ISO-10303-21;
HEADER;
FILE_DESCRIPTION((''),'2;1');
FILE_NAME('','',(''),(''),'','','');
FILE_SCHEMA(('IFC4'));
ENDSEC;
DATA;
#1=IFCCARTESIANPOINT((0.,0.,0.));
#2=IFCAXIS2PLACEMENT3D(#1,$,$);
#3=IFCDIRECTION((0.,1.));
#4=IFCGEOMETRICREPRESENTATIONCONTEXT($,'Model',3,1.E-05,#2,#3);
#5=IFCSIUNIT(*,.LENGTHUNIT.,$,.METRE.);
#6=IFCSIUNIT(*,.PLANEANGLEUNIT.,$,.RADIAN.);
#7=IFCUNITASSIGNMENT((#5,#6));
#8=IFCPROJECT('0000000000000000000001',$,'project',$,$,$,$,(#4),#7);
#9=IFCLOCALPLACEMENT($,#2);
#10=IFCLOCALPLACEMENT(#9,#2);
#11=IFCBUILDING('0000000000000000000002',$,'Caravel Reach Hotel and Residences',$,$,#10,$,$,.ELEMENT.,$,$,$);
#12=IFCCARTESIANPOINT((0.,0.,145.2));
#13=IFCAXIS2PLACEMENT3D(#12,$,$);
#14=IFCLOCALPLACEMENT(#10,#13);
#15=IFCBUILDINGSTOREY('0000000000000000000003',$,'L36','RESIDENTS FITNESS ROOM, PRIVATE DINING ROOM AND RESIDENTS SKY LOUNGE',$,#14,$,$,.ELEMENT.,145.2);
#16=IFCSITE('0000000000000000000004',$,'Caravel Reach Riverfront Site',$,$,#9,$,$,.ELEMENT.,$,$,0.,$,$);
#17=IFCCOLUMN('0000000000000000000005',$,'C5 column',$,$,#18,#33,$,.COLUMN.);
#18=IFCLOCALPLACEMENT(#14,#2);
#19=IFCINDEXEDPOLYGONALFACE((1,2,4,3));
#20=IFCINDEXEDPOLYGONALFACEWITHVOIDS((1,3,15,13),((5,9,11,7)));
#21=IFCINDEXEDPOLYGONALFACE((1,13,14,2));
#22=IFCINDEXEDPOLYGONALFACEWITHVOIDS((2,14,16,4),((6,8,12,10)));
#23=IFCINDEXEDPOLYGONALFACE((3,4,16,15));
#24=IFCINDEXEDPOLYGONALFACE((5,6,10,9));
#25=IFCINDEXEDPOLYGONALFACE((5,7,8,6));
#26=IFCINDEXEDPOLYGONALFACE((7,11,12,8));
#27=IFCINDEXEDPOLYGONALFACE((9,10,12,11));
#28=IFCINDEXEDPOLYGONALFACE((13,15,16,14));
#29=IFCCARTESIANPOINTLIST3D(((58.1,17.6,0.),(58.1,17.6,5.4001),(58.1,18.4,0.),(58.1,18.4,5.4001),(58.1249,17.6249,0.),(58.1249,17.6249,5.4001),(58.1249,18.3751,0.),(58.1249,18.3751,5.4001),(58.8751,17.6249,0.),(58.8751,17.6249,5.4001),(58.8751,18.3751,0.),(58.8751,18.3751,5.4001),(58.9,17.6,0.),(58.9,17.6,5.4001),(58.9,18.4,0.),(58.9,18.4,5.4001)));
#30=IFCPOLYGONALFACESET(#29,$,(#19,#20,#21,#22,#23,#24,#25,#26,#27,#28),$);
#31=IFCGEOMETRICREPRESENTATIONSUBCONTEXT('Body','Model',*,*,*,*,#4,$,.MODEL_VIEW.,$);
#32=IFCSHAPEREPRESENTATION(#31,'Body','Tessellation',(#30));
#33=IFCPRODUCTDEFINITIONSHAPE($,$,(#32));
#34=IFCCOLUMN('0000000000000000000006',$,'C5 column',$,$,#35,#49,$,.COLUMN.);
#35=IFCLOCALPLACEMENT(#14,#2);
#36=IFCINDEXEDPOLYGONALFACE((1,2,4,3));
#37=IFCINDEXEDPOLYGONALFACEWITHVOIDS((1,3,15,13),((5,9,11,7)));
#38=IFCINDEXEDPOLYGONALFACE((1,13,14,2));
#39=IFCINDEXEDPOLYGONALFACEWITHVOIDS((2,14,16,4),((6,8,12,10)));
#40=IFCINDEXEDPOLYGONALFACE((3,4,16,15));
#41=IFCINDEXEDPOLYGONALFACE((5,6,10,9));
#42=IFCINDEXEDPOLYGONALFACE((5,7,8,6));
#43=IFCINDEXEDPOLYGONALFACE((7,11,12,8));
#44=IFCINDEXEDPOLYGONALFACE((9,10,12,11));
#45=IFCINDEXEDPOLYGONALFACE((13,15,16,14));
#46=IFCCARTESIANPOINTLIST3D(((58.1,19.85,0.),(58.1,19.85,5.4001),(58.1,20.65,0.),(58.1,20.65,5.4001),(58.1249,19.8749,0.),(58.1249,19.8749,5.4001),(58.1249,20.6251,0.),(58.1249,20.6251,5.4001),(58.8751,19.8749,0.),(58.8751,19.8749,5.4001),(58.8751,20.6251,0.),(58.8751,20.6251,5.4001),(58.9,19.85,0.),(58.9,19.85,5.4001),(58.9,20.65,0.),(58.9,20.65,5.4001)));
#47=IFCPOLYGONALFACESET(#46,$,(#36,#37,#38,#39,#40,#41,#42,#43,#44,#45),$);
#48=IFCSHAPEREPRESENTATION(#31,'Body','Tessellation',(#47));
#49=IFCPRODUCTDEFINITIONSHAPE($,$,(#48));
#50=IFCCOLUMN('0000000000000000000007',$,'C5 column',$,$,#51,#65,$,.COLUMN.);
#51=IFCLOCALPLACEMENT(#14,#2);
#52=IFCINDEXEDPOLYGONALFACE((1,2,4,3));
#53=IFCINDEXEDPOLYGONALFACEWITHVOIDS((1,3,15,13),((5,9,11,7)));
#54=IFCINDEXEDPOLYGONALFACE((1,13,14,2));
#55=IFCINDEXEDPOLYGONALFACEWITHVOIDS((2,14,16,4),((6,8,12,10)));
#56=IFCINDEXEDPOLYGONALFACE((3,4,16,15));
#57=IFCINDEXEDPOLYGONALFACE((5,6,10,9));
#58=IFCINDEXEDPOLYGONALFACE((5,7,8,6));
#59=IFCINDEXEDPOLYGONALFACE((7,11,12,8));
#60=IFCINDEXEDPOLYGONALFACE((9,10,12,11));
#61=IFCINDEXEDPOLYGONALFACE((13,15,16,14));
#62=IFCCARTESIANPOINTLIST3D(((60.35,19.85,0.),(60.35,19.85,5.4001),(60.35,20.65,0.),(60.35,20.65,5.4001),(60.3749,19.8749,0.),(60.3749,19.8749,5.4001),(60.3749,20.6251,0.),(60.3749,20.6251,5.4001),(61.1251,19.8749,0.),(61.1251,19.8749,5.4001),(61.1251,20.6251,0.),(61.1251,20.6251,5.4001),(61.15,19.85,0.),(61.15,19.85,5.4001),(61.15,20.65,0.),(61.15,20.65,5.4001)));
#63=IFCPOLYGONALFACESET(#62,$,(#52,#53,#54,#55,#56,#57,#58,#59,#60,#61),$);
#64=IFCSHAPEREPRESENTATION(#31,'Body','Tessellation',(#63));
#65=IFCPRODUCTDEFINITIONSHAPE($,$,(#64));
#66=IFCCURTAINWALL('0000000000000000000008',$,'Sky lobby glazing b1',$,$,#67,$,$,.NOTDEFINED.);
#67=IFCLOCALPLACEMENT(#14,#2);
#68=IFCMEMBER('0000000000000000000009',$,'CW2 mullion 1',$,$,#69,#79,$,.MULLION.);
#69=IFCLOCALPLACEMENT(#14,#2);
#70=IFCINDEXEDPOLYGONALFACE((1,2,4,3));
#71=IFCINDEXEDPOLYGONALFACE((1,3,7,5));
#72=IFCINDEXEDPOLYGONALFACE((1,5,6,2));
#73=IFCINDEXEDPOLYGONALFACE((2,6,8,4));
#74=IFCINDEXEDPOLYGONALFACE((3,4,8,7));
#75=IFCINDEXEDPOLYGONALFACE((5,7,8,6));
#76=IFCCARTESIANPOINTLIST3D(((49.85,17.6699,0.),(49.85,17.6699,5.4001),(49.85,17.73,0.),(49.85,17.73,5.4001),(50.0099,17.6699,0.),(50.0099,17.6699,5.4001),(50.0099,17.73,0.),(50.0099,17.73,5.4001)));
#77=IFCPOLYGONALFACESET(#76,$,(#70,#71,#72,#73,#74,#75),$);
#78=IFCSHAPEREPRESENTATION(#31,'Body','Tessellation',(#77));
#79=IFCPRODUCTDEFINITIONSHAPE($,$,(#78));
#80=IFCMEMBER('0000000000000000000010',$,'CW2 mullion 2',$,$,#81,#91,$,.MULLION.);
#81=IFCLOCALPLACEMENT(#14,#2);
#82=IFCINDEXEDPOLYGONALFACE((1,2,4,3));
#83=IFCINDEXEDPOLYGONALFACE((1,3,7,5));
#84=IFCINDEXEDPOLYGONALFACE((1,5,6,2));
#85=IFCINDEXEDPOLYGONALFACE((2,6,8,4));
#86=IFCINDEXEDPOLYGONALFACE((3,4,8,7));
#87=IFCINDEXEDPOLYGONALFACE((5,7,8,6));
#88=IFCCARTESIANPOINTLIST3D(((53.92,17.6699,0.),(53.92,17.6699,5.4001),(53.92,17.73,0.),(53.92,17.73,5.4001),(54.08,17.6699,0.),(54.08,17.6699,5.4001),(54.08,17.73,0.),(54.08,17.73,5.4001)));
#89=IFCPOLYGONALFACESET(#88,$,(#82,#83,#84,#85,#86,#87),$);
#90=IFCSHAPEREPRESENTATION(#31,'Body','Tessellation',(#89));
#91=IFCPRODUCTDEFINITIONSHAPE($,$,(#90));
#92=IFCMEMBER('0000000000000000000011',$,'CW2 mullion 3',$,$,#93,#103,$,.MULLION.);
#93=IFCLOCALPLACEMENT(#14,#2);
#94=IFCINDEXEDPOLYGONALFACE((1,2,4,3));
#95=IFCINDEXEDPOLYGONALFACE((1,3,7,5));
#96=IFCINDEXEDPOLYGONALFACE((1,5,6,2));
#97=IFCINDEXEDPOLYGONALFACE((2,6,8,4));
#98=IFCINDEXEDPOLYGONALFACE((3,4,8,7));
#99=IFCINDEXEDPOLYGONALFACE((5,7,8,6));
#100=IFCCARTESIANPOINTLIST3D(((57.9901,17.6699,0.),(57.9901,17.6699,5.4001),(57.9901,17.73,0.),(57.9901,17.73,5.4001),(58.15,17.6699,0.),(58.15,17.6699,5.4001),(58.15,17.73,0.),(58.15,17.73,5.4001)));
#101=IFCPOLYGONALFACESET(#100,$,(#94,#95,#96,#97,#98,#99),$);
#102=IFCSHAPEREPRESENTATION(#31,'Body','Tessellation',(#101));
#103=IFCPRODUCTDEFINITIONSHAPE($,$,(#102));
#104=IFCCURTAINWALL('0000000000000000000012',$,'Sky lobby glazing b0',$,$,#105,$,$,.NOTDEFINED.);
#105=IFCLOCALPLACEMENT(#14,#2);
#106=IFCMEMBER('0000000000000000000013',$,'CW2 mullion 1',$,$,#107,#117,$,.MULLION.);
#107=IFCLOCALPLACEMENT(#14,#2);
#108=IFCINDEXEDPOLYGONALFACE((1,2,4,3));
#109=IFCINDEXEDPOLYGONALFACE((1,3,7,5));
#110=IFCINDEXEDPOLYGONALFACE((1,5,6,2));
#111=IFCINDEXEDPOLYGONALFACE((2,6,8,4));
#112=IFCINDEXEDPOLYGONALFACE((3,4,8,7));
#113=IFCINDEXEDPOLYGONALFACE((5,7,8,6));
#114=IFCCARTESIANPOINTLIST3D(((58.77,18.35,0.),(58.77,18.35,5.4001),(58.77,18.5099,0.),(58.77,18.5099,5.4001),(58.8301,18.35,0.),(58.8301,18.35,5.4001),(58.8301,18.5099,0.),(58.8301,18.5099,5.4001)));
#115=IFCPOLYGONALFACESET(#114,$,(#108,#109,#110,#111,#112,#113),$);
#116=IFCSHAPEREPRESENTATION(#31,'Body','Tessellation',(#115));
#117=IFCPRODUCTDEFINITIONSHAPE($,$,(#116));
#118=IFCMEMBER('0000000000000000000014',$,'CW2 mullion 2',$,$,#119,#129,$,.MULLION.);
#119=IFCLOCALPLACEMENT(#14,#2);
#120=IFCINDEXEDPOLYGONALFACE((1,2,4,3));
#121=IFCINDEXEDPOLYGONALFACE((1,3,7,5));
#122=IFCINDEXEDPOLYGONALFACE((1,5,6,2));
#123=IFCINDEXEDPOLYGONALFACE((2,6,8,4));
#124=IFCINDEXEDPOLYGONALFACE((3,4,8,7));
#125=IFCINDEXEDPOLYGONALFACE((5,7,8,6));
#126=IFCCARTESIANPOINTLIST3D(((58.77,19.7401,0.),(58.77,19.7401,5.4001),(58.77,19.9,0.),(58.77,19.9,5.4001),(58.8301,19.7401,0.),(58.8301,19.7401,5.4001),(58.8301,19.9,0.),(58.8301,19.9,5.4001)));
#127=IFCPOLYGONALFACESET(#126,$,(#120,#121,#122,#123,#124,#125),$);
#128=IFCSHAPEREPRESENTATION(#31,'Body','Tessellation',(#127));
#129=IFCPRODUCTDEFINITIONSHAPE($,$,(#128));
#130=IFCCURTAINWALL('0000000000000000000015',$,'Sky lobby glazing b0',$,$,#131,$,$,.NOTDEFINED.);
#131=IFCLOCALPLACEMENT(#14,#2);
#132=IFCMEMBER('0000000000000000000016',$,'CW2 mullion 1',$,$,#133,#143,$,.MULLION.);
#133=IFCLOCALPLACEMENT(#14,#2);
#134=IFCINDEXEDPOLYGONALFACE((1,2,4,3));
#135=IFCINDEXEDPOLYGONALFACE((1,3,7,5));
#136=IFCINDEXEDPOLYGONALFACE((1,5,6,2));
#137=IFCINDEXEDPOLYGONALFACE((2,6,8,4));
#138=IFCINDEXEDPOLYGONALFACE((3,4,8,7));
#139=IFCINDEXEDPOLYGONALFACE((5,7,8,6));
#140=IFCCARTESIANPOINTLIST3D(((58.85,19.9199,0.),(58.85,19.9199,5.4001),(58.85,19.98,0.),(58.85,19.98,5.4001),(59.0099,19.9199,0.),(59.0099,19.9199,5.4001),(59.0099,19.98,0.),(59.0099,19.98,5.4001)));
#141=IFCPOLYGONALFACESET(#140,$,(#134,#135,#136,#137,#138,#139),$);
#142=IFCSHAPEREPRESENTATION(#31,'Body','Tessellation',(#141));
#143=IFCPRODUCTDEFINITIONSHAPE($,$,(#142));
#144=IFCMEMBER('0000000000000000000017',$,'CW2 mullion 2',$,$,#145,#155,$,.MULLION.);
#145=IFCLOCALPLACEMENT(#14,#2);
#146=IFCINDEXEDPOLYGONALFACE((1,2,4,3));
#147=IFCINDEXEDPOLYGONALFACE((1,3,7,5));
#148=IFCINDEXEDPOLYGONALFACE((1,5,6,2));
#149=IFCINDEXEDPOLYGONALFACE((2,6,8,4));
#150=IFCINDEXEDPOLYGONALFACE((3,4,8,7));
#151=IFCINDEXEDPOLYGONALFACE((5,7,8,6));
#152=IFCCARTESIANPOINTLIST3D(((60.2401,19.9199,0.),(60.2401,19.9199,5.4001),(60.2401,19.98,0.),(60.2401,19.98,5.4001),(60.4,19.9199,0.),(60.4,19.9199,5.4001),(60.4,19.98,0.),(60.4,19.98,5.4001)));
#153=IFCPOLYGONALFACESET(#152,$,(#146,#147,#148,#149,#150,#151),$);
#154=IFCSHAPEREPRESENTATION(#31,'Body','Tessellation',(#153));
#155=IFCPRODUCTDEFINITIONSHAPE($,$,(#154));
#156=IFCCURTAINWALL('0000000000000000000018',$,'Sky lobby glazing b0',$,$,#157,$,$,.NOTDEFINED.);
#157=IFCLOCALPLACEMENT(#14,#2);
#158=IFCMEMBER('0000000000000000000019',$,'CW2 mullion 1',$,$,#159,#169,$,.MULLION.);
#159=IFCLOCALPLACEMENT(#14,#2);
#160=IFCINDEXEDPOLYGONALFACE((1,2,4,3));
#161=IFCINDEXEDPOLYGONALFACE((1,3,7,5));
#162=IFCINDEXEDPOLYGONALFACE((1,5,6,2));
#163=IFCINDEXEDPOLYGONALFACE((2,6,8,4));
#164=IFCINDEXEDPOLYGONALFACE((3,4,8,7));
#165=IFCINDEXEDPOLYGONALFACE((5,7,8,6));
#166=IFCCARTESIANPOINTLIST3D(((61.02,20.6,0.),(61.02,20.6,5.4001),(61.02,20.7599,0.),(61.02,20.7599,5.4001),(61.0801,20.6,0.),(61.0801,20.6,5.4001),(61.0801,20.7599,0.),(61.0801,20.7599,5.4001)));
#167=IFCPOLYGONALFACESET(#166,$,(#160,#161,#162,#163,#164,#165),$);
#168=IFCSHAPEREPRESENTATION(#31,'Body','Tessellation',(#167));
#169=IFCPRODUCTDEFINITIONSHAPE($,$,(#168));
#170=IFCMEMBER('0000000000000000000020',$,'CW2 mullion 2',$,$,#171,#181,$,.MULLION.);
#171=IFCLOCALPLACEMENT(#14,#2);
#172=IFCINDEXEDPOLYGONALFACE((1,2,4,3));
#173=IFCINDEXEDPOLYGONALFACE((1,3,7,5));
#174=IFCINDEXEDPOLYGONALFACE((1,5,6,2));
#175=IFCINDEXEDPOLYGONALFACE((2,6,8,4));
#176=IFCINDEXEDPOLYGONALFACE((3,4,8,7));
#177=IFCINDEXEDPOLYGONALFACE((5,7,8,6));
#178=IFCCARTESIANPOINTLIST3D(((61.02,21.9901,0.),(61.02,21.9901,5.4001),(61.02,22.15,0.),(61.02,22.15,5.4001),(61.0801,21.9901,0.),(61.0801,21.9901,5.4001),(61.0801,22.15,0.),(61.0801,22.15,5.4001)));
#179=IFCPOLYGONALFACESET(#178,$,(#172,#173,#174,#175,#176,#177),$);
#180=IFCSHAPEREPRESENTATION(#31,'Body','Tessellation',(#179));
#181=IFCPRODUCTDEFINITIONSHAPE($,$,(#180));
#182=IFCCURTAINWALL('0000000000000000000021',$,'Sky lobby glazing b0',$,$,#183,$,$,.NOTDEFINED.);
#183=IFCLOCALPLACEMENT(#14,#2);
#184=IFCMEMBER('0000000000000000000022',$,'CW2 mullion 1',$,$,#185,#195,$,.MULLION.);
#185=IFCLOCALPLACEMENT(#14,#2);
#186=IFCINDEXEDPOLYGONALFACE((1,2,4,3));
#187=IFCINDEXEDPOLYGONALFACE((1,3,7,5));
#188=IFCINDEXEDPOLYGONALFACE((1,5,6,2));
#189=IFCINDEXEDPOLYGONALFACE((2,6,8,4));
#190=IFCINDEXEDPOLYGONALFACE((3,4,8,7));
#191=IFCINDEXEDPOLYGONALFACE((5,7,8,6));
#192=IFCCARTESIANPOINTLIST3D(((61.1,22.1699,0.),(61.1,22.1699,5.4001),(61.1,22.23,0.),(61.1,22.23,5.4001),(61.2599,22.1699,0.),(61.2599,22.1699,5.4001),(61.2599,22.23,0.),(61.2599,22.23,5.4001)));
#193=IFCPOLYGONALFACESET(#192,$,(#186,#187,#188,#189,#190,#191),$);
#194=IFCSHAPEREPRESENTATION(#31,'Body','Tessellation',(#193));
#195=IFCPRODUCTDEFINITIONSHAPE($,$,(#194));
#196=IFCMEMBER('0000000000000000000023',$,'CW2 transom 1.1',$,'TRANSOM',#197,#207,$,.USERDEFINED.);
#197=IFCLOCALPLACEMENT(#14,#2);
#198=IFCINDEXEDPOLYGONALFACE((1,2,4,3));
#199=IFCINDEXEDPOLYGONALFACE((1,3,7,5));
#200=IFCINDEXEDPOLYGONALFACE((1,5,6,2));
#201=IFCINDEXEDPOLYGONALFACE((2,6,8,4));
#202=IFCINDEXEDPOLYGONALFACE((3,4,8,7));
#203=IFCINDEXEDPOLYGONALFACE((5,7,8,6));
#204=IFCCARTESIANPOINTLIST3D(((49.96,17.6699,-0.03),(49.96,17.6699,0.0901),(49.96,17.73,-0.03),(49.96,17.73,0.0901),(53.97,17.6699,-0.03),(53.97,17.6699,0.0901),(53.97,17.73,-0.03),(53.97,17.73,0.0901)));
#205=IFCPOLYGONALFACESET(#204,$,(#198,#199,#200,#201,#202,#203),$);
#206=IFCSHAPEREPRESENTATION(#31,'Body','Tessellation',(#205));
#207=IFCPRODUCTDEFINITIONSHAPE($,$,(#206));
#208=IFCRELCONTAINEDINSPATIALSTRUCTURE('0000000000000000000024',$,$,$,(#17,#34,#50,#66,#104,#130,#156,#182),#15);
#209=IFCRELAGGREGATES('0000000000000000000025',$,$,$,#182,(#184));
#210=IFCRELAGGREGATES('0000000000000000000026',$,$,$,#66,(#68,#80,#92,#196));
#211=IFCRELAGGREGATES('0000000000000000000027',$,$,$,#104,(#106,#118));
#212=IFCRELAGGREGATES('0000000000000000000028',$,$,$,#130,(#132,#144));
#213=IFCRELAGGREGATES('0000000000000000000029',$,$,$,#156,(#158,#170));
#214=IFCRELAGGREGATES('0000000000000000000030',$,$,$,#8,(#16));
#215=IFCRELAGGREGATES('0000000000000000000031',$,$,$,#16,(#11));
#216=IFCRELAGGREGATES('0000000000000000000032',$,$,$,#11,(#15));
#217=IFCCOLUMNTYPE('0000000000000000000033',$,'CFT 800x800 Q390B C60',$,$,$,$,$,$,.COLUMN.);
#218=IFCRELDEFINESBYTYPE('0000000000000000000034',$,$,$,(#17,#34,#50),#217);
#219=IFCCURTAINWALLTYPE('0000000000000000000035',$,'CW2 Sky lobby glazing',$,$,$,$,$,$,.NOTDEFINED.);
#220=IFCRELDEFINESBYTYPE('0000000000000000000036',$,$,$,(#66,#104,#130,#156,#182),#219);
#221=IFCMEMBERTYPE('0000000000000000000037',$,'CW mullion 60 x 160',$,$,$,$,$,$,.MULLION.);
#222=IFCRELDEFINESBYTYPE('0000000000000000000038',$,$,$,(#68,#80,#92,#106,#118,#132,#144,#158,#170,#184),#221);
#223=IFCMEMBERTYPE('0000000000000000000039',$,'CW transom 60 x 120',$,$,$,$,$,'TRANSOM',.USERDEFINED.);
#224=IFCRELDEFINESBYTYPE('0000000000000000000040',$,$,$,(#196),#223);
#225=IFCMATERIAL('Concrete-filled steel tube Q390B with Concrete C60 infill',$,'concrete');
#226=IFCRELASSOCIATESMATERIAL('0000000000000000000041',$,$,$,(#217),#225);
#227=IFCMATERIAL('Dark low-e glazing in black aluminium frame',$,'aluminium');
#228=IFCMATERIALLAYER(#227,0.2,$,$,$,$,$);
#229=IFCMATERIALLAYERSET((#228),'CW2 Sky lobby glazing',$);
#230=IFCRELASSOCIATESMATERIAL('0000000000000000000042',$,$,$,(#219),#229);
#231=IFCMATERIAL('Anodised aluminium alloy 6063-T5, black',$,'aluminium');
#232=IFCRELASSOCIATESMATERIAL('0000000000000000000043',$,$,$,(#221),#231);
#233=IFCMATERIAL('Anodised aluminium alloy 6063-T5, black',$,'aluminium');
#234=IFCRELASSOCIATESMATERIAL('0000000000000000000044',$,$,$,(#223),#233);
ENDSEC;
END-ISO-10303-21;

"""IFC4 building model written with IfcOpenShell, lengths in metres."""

from ifc_helpers import new_model, si_unit, direction, frame, origin, origin_2d, place, context, subcontext, project, spatial, rectangle, hollow_rectangle, extrude, material, layer, layer_set, material_profile, profile_set, type_object, element, aggregate, save


model = new_model("IFC4")

# Units and contexts
model_context = context("Model", 3, precision=1e-05, world=origin(), true_north=direction((0.0, 1.0)))
body_context = subcontext(model_context, "Body", "Model", "MODEL_VIEW")
ifc_project = project(units=[si_unit("LENGTHUNIT", "METRE"), si_unit("PLANEANGLEUNIT", "RADIAN")], contexts=[model_context])

# Site, building, storey
site_placement = place(None, origin())
site = spatial("IfcSite", under=ifc_project, at=site_placement, Name="Caravel Reach Riverfront Site", CompositionType="ELEMENT", RefElevation=0.0)
building_placement = place(site_placement, origin())
building = spatial("IfcBuilding", under=site, at=building_placement, Name="Caravel Reach Hotel and Residences", CompositionType="ELEMENT")
storey_placement = place(building_placement, frame((0.0, 0.0, 145.2)))
storey = spatial("IfcBuildingStorey", under=building, at=storey_placement, Name="L36", Description="RESIDENTS FITNESS ROOM, PRIVATE DINING ROOM AND RESIDENTS SKY LOUNGE", CompositionType="ELEMENT", Elevation=145.2)

# Columns
ifc_material_1 = material(Name="Concrete-filled steel tube Q390B with Concrete C60 infill", Category="concrete")
ifc_material_profile_1 = material_profile(ifc_material_1, hollow_rectangle(XDim=0.8, YDim=0.8, WallThickness=0.0249, at=origin_2d()), Name="RHS 800x800x25")
ifc_profile_set_1 = profile_set([ifc_material_profile_1], Name="Concrete-filled steel tube Q390B with Concrete C60 infill")
column_type = type_object("IfcColumnType", Name="CFT 800x800 Q390B C60", PredefinedType="COLUMN", material=ifc_profile_set_1)
for number, where, z_axis, x_axis, name in (
    (1, (58.5, 18.0, 0.0), (0.0, 0.0, 1.0), (1.0, 0.0, 0.0), "C5 column"),
    (2, (58.5, 20.25, 0.0), (0.0, 0.0, 1.0), (1.0, 0.0, 0.0), "C5 column"),
    (3, (60.75, 20.25, 0.0), (0.0, 0.0, 1.0), (1.0, 0.0, 0.0), "C5 column"),
):
    element("IfcColumn", number, at=place(storey_placement, frame(where, z_axis=z_axis, x_axis=x_axis)), inside=storey, type_object=column_type, Name=name, PredefinedType="COLUMN", context=body_context, shape_type="SweptSolid", body=[
        extrude(hollow_rectangle(XDim=0.8, YDim=0.8, WallThickness=0.0249, at=origin_2d()), origin(), (0.0, 0.0, 1.0), 5.4001),
    ])

# Curtain walls, members
ifc_material_2 = material(Name="Dark low-e glazing in black aluminium frame", Category="aluminium")
ifc_layer_1 = layer(ifc_material_2, 0.2)
ifc_layer_set_1 = layer_set([ifc_layer_1], Name="CW2 Sky lobby glazing")
curtain_wall_type = type_object("IfcCurtainWallType", Name="CW2 Sky lobby glazing", PredefinedType="NOTDEFINED", material=ifc_layer_set_1)
curtain_wall_1_placement = place(storey_placement, origin())
curtain_wall_1 = element("IfcCurtainWall", 4, at=curtain_wall_1_placement, inside=storey, type_object=curtain_wall_type, Name="Sky lobby glazing b1", PredefinedType="NOTDEFINED")
ifc_material_3 = material(Name="Anodised aluminium alloy 6063-T5, black", Category="aluminium")
ifc_material_profile_2 = material_profile(ifc_material_3, rectangle(XDim=0.0601, YDim=0.1599, at=origin_2d()), Name="CW mullion 60 x 160")
ifc_profile_set_2 = profile_set([ifc_material_profile_2], Name="Anodised aluminium alloy 6063-T5, black")
member_type_1 = type_object("IfcMemberType", Name="CW mullion 60 x 160", PredefinedType="MULLION", material=ifc_profile_set_2)
member_1_placement = place(storey_placement, frame((49.9299, 17.7, 0.0), z_axis=(0.0, 0.0, 1.0), x_axis=(0.0, 1.0, 0.0)))
member_1 = element("IfcMember", 5, at=member_1_placement, type_object=member_type_1, Name="CW2 mullion 1", PredefinedType="MULLION", context=body_context, shape_type="SweptSolid", body=[
    extrude(rectangle(XDim=0.0601, YDim=0.1599, at=origin_2d()), origin(), (0.0, 0.0, 1.0), 5.4001),
])
member_2_placement = place(storey_placement, frame((54.0, 17.7, 0.0), z_axis=(0.0, 0.0, 1.0), x_axis=(0.0, 1.0, 0.0)))
member_2 = element("IfcMember", 6, at=member_2_placement, type_object=member_type_1, Name="CW2 mullion 2", PredefinedType="MULLION", context=body_context, shape_type="SweptSolid", body=[
    extrude(rectangle(XDim=0.0601, YDim=0.1599, at=origin_2d()), origin(), (0.0, 0.0, 1.0), 5.4001),
])
member_3_placement = place(storey_placement, frame((58.0701, 17.7, 0.0), z_axis=(0.0, 0.0, 1.0), x_axis=(0.0, 1.0, 0.0)))
member_3 = element("IfcMember", 7, at=member_3_placement, type_object=member_type_1, Name="CW2 mullion 3", PredefinedType="MULLION", context=body_context, shape_type="SweptSolid", body=[
    extrude(rectangle(XDim=0.0601, YDim=0.1599, at=origin_2d()), origin(), (0.0, 0.0, 1.0), 5.4001),
])
curtain_wall_2_placement = place(storey_placement, origin())
curtain_wall_2 = element("IfcCurtainWall", 8, at=curtain_wall_2_placement, inside=storey, type_object=curtain_wall_type, Name="Sky lobby glazing b0", PredefinedType="NOTDEFINED")
member_4_placement = place(storey_placement, frame((58.8, 18.4299, 0.0), z_axis=(0.0, 0.0, 1.0), x_axis=(-1.0, 0.0, 0.0)))
member_4 = element("IfcMember", 9, at=member_4_placement, type_object=member_type_1, Name="CW2 mullion 1", PredefinedType="MULLION", context=body_context, shape_type="SweptSolid", body=[
    extrude(rectangle(XDim=0.0601, YDim=0.1599, at=origin_2d()), origin(), (0.0, 0.0, 1.0), 5.4001),
])
member_5_placement = place(storey_placement, frame((58.8, 19.8201, 0.0), z_axis=(0.0, 0.0, 1.0), x_axis=(-1.0, 0.0, 0.0)))
member_5 = element("IfcMember", 10, at=member_5_placement, type_object=member_type_1, Name="CW2 mullion 2", PredefinedType="MULLION", context=body_context, shape_type="SweptSolid", body=[
    extrude(rectangle(XDim=0.0601, YDim=0.1599, at=origin_2d()), origin(), (0.0, 0.0, 1.0), 5.4001),
])
curtain_wall_3_placement = place(storey_placement, origin())
curtain_wall_3 = element("IfcCurtainWall", 11, at=curtain_wall_3_placement, inside=storey, type_object=curtain_wall_type, Name="Sky lobby glazing b0", PredefinedType="NOTDEFINED")
member_6_placement = place(storey_placement, frame((58.9299, 19.95, 0.0), z_axis=(0.0, 0.0, 1.0), x_axis=(0.0, 1.0, 0.0)))
member_6 = element("IfcMember", 12, at=member_6_placement, type_object=member_type_1, Name="CW2 mullion 1", PredefinedType="MULLION", context=body_context, shape_type="SweptSolid", body=[
    extrude(rectangle(XDim=0.0601, YDim=0.1599, at=origin_2d()), origin(), (0.0, 0.0, 1.0), 5.4001),
])
member_7_placement = place(storey_placement, frame((60.3201, 19.95, 0.0), z_axis=(0.0, 0.0, 1.0), x_axis=(0.0, 1.0, 0.0)))
member_7 = element("IfcMember", 13, at=member_7_placement, type_object=member_type_1, Name="CW2 mullion 2", PredefinedType="MULLION", context=body_context, shape_type="SweptSolid", body=[
    extrude(rectangle(XDim=0.0601, YDim=0.1599, at=origin_2d()), origin(), (0.0, 0.0, 1.0), 5.4001),
])
curtain_wall_4_placement = place(storey_placement, origin())
curtain_wall_4 = element("IfcCurtainWall", 14, at=curtain_wall_4_placement, inside=storey, type_object=curtain_wall_type, Name="Sky lobby glazing b0", PredefinedType="NOTDEFINED")
member_8_placement = place(storey_placement, frame((61.05, 20.6799, 0.0), z_axis=(0.0, 0.0, 1.0), x_axis=(-1.0, 0.0, 0.0)))
member_8 = element("IfcMember", 15, at=member_8_placement, type_object=member_type_1, Name="CW2 mullion 1", PredefinedType="MULLION", context=body_context, shape_type="SweptSolid", body=[
    extrude(rectangle(XDim=0.0601, YDim=0.1599, at=origin_2d()), origin(), (0.0, 0.0, 1.0), 5.4001),
])
member_9_placement = place(storey_placement, frame((61.05, 22.0701, 0.0), z_axis=(0.0, 0.0, 1.0), x_axis=(-1.0, 0.0, 0.0)))
member_9 = element("IfcMember", 16, at=member_9_placement, type_object=member_type_1, Name="CW2 mullion 2", PredefinedType="MULLION", context=body_context, shape_type="SweptSolid", body=[
    extrude(rectangle(XDim=0.0601, YDim=0.1599, at=origin_2d()), origin(), (0.0, 0.0, 1.0), 5.4001),
])

# Curtain wall, member
curtain_wall_5_placement = place(storey_placement, origin())
curtain_wall_5 = element("IfcCurtainWall", 17, at=curtain_wall_5_placement, inside=storey, type_object=curtain_wall_type, Name="Sky lobby glazing b0", PredefinedType="NOTDEFINED")
member_10_placement = place(storey_placement, frame((61.1799, 22.2, 0.0), z_axis=(0.0, 0.0, 1.0), x_axis=(0.0, 1.0, 0.0)))
member_10 = element("IfcMember", 18, at=member_10_placement, type_object=member_type_1, Name="CW2 mullion 1", PredefinedType="MULLION", context=body_context, shape_type="SweptSolid", body=[
    extrude(rectangle(XDim=0.0601, YDim=0.1599, at=origin_2d()), origin(), (0.0, 0.0, 1.0), 5.4001),
])
aggregate(curtain_wall_5, [member_10])

# Member
ifc_material_4 = material(Name="Anodised aluminium alloy 6063-T5, black", Category="aluminium")
ifc_material_profile_3 = material_profile(ifc_material_4, rectangle(XDim=0.0601, YDim=0.1201, at=origin_2d()), Name="CW transom 60 x 120")
ifc_profile_set_3 = profile_set([ifc_material_profile_3], Name="Anodised aluminium alloy 6063-T5, black")
member_type_2 = type_object("IfcMemberType", Name="CW transom 60 x 120", ElementType="TRANSOM", PredefinedType="USERDEFINED", material=ifc_profile_set_3)
member_11_placement = place(storey_placement, frame((49.96, 17.7, 0.03), z_axis=(1.0, 0.0, 0.0), x_axis=(0.0, 1.0, 0.0)))
member_11 = element("IfcMember", 19, at=member_11_placement, type_object=member_type_2, Name="CW2 transom 1.1", ObjectType="TRANSOM", PredefinedType="USERDEFINED", context=body_context, shape_type="SweptSolid", body=[
    extrude(rectangle(XDim=0.0601, YDim=0.1201, at=origin_2d()), origin(), (0.0, 0.0, 1.0), 4.01),
])

aggregate(curtain_wall_1, [member_1, member_2, member_3, member_11])
aggregate(curtain_wall_2, [member_4, member_5])
aggregate(curtain_wall_3, [member_6, member_7])
aggregate(curtain_wall_4, [member_8, member_9])

save(model, "model.ifc")
